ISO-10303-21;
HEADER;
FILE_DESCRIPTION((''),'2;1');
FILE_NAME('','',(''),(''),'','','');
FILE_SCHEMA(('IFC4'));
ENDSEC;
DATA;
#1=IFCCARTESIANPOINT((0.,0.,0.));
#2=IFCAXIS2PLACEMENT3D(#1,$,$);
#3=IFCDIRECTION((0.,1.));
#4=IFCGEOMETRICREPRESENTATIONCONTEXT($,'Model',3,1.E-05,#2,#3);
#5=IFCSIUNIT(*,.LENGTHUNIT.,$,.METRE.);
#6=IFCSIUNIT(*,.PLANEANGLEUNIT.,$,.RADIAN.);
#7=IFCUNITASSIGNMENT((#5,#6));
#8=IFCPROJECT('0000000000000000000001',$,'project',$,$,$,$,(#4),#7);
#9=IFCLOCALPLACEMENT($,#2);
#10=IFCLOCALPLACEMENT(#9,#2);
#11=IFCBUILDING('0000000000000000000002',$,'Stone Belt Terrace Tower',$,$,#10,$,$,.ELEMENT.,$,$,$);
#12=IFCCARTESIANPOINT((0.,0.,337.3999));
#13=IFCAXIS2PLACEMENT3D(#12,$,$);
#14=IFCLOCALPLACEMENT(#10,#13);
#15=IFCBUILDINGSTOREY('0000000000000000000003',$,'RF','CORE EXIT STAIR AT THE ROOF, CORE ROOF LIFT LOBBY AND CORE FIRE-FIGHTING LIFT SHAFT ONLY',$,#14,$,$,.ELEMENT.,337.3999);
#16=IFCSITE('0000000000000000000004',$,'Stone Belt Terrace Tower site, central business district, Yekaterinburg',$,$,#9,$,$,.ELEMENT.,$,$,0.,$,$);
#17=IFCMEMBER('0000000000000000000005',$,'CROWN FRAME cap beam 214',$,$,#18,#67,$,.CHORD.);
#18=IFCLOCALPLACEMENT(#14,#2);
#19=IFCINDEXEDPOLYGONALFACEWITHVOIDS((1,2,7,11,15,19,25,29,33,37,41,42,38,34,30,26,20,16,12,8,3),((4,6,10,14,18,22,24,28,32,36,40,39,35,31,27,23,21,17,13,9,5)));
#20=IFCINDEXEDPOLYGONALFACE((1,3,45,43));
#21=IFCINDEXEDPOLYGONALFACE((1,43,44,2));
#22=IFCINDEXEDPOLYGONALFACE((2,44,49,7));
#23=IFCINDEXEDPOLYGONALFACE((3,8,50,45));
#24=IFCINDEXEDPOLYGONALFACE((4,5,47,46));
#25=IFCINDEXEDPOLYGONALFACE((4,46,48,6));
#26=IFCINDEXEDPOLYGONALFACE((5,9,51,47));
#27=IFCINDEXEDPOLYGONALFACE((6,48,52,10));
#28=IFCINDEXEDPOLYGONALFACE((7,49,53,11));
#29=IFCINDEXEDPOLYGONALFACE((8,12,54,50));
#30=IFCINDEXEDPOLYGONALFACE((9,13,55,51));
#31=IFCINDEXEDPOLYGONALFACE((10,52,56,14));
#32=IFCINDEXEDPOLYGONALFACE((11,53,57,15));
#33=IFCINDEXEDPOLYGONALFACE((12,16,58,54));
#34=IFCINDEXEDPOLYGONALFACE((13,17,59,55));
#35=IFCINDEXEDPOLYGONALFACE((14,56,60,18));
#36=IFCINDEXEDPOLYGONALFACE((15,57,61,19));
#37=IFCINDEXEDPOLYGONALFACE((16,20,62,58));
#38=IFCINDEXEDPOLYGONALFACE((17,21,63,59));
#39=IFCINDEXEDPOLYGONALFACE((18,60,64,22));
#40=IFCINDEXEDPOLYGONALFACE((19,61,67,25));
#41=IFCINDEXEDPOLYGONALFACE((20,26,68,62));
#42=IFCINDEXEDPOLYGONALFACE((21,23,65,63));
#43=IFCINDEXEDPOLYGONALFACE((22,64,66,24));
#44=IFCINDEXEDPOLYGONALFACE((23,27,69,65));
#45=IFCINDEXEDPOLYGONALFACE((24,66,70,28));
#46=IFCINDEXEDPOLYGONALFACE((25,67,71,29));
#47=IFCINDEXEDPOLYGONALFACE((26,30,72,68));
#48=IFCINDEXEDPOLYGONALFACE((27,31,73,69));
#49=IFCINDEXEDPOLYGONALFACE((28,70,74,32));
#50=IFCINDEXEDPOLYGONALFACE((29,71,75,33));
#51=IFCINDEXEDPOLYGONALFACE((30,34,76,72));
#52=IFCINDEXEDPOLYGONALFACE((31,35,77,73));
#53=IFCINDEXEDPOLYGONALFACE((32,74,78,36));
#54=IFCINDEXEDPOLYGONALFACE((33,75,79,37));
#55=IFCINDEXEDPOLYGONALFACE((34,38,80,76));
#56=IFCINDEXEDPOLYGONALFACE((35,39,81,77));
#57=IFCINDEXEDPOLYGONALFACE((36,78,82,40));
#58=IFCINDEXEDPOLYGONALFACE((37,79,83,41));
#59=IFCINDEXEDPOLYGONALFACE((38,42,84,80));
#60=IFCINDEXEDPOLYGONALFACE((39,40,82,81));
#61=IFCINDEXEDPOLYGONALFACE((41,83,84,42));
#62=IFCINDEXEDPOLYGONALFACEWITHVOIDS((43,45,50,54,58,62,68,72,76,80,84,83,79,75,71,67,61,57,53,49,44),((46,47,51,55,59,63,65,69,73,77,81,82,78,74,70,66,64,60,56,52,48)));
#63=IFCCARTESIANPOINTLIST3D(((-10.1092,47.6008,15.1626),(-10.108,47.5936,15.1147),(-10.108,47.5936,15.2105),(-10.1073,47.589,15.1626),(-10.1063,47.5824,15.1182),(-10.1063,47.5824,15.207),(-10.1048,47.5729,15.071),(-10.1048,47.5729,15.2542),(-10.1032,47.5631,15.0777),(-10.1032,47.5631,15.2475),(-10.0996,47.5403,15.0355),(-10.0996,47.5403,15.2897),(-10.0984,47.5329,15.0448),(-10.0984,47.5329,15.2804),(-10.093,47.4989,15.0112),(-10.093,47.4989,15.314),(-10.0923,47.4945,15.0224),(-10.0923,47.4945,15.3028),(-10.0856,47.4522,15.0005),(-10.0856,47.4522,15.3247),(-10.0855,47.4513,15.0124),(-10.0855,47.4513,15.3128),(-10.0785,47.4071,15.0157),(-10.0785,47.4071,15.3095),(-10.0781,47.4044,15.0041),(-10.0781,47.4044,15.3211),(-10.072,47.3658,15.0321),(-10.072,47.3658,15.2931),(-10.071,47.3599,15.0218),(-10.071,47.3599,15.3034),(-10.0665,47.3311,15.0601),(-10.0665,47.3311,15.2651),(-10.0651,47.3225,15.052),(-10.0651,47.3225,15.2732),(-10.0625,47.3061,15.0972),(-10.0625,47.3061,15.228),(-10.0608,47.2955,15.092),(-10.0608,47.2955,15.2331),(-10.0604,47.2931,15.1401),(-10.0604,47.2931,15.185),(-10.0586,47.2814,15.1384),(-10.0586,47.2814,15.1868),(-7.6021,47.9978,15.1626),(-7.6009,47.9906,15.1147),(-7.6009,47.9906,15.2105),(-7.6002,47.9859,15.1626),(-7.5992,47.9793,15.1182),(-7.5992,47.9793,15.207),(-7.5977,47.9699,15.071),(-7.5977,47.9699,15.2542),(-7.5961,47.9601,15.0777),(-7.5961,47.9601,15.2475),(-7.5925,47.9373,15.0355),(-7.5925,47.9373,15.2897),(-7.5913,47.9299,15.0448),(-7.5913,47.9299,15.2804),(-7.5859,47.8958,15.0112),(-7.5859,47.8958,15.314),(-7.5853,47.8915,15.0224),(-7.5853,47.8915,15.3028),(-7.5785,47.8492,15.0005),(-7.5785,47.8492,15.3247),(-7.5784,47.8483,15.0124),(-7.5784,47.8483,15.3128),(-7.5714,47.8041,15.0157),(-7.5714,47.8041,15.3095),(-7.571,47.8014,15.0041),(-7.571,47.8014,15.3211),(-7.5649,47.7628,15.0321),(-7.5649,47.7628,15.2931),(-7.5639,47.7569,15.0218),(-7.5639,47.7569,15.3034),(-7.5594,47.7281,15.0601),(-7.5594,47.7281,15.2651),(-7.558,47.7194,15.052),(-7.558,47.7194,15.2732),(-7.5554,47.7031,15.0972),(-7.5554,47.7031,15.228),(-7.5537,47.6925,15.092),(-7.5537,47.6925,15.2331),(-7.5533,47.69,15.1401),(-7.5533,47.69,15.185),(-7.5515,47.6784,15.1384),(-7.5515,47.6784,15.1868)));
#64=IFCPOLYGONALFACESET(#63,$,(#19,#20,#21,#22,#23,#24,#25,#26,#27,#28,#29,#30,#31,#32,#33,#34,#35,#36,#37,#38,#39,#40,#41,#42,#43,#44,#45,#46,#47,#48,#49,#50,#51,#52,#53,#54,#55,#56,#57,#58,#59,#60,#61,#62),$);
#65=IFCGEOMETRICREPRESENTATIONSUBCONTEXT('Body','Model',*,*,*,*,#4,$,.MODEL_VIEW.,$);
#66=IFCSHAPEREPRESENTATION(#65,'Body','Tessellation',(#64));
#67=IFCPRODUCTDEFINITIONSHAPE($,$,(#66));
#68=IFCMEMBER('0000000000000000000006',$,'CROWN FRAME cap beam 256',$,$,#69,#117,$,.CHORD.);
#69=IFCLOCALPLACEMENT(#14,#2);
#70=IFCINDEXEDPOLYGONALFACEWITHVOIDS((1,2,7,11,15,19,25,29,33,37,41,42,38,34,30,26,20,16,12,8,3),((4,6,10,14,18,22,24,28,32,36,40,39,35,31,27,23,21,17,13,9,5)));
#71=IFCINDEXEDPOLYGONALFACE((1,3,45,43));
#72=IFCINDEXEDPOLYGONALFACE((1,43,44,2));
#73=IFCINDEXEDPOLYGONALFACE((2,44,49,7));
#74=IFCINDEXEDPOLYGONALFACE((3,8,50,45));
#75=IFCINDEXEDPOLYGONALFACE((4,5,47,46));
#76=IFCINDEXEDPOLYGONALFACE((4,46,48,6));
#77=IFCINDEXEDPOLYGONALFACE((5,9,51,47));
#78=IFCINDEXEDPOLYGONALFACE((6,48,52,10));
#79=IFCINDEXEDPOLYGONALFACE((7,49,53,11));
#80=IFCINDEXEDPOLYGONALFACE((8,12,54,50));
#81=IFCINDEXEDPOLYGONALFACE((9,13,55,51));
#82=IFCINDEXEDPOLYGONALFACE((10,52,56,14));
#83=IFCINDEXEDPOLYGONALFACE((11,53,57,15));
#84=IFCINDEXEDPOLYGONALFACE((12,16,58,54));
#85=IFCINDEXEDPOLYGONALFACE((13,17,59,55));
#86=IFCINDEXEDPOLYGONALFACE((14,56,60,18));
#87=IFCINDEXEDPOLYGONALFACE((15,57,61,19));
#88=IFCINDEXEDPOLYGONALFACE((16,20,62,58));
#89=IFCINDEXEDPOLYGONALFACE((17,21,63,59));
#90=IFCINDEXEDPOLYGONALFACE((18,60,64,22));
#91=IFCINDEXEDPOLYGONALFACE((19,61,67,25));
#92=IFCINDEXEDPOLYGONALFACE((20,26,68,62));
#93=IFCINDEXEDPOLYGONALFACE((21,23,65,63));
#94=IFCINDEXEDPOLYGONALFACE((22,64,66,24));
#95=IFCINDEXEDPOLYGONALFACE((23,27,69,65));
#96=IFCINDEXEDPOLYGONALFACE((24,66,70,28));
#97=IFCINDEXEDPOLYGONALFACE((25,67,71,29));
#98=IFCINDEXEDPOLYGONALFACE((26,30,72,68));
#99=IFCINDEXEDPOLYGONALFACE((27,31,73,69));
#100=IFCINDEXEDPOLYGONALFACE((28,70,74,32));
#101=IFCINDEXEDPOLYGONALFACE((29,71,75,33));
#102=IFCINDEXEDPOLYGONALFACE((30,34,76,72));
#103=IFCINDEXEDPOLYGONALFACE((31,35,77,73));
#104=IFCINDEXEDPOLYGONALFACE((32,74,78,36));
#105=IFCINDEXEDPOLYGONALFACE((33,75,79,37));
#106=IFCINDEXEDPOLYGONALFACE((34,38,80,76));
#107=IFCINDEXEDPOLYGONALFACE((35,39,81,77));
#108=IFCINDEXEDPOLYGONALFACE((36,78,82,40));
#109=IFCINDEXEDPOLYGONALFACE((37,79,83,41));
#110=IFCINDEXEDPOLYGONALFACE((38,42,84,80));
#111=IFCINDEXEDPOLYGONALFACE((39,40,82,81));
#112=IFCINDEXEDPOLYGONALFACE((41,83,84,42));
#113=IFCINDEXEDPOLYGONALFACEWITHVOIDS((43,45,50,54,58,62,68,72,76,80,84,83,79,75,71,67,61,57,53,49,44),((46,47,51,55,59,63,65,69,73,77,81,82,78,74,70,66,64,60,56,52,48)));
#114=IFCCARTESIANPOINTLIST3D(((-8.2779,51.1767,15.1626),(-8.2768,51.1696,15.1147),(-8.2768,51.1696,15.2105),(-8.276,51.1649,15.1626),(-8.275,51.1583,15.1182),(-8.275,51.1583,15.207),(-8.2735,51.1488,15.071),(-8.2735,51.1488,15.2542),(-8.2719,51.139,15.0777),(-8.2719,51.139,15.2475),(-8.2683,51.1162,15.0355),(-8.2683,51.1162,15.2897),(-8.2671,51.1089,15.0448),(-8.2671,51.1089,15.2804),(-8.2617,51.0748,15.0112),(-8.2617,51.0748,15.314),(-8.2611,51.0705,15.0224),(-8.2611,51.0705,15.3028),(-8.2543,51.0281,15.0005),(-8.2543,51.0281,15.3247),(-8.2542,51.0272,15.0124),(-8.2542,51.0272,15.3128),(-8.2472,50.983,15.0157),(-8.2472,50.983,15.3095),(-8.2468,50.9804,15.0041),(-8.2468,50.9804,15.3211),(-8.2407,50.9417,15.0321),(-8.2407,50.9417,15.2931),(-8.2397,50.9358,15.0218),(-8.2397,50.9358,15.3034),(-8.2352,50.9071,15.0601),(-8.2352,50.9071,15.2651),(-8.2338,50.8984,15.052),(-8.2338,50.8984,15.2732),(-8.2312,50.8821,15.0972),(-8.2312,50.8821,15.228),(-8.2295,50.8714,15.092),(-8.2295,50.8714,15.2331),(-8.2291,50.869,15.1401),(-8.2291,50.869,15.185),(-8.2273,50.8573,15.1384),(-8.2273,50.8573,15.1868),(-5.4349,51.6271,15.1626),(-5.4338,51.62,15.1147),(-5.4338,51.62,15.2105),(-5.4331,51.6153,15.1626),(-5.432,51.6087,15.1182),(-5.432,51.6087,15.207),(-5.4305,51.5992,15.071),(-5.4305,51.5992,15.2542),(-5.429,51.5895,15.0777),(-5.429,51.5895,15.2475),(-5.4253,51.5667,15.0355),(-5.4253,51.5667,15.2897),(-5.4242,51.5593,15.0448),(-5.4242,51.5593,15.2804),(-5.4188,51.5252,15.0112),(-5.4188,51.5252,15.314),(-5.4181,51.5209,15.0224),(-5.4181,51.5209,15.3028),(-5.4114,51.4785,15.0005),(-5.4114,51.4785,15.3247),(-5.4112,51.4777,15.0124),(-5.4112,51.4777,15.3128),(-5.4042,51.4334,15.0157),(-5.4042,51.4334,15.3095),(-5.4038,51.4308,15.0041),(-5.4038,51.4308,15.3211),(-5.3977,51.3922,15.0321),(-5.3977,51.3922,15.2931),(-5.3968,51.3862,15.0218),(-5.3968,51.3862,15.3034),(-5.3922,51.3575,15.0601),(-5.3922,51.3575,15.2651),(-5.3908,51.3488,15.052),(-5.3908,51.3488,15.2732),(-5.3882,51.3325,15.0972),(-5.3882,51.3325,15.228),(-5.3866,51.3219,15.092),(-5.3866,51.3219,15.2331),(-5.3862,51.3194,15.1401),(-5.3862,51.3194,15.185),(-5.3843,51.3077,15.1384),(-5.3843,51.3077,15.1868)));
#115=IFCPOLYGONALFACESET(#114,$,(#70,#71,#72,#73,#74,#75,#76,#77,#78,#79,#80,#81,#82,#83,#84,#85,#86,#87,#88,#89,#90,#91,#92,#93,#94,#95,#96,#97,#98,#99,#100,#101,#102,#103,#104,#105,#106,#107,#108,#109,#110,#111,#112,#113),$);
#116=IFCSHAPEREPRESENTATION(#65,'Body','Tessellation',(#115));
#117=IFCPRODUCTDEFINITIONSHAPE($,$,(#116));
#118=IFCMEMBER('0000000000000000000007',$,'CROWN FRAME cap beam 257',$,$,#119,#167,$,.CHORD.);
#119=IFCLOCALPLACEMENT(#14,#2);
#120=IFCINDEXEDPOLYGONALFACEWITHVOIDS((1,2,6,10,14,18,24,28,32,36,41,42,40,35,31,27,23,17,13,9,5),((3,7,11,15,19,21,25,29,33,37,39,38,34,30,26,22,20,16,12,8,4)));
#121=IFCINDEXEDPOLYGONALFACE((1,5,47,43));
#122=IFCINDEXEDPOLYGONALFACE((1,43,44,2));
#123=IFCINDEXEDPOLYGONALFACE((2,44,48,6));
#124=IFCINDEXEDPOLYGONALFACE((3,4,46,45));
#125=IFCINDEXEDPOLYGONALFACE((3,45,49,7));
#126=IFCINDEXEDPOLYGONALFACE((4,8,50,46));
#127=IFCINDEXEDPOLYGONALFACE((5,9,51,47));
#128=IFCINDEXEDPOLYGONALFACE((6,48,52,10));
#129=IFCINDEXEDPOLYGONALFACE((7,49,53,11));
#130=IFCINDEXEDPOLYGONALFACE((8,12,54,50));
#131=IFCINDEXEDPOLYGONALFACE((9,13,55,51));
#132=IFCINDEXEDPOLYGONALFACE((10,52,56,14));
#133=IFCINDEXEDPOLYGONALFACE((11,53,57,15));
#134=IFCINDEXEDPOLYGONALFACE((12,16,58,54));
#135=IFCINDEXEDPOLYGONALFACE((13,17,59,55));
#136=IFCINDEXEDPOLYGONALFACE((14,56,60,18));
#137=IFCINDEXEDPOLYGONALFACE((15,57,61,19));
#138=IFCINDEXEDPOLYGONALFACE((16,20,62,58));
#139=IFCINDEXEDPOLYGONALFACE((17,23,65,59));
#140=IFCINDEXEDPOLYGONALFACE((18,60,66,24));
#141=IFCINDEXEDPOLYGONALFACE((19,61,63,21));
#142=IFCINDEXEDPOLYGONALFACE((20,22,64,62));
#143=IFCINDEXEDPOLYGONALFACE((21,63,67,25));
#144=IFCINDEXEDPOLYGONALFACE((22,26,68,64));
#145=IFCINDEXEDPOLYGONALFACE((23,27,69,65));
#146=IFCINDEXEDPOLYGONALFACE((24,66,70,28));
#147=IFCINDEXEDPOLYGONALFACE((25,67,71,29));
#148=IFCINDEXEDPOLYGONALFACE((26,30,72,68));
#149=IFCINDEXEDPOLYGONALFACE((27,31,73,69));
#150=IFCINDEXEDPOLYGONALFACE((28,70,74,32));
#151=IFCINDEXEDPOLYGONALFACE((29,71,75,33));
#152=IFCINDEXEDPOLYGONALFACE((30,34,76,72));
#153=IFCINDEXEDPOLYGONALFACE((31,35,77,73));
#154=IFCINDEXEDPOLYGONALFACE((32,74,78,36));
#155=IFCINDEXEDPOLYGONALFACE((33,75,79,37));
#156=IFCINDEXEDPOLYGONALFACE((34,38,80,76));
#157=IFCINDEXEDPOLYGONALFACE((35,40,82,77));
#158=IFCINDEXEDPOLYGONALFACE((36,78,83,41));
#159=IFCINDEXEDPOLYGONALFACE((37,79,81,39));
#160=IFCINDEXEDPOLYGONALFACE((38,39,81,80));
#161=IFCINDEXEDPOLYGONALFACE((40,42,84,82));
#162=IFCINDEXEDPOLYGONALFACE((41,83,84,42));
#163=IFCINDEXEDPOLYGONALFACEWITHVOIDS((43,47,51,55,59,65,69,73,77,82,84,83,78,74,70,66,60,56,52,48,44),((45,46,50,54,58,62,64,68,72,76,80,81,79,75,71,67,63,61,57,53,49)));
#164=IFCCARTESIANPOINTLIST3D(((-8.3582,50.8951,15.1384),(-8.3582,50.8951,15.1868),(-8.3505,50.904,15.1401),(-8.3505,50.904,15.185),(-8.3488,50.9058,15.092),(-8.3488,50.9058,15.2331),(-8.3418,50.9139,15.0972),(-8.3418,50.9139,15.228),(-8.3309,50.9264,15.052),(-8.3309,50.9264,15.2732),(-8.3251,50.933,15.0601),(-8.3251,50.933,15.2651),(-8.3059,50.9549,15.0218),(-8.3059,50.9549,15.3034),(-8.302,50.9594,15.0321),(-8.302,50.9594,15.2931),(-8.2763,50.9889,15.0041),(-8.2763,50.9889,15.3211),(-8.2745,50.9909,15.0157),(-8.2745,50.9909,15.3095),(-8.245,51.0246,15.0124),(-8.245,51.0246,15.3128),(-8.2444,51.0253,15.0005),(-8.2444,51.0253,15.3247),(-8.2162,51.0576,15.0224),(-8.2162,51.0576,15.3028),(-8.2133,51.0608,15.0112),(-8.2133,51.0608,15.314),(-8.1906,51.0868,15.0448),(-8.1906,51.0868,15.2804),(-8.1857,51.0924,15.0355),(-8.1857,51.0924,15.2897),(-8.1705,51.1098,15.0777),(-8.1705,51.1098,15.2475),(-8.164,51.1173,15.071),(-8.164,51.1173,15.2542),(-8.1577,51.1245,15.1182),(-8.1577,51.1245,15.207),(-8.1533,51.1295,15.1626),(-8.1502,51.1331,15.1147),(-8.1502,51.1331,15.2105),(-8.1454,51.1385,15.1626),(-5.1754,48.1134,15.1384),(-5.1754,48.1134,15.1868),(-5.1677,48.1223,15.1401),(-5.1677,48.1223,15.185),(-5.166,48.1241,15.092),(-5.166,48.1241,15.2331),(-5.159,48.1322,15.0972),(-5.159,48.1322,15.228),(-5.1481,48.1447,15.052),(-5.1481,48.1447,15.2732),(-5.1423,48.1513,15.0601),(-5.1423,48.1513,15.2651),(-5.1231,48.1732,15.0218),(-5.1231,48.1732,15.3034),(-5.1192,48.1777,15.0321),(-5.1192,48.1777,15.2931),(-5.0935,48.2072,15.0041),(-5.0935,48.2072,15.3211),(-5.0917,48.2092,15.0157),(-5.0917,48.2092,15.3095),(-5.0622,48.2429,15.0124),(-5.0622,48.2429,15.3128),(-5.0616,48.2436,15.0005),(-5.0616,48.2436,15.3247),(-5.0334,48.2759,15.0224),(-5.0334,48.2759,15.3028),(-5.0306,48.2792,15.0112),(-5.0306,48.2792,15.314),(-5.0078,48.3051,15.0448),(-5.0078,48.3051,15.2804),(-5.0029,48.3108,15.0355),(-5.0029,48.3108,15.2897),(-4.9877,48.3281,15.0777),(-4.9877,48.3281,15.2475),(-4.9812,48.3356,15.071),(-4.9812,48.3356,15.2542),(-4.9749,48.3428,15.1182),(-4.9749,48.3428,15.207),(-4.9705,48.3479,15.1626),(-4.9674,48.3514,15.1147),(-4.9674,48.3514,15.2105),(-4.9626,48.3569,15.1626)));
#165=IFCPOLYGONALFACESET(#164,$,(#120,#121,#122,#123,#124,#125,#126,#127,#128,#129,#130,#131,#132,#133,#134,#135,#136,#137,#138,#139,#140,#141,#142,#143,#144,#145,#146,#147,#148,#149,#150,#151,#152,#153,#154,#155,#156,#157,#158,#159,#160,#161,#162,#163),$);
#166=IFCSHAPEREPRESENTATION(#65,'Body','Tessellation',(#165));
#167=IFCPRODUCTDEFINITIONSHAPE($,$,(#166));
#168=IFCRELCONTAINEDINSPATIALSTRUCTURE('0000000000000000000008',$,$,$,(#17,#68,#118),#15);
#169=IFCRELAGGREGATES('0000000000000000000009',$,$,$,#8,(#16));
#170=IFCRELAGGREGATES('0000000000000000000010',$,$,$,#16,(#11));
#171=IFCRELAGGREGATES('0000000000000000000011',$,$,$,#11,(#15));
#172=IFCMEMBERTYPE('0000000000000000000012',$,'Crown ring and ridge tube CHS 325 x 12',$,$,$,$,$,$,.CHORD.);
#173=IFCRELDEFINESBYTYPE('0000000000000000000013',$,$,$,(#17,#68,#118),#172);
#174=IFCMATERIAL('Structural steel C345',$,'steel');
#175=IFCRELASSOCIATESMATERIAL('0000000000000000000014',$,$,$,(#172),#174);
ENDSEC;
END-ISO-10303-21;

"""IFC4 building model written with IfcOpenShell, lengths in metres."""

from ifc_helpers import new_model, si_unit, direction, frame, origin, origin_2d, place, context, subcontext, project, spatial, hollow_circle, extrude, material, material_profile, profile_set, type_object, element, save


model = new_model("IFC4")

# Units and contexts
model_context = context("Model", 3, precision=1e-05, world=origin(), true_north=direction((0.0, 1.0)))
body_context = subcontext(model_context, "Body", "Model", "MODEL_VIEW")
ifc_project = project(units=[si_unit("LENGTHUNIT", "METRE"), si_unit("PLANEANGLEUNIT", "RADIAN")], contexts=[model_context])

# Site, building, storey
site_placement = place(None, origin())
site = spatial("IfcSite", under=ifc_project, at=site_placement, Name="Stone Belt Terrace Tower site, central business district, Yekaterinburg", CompositionType="ELEMENT", RefElevation=0.0)
building_placement = place(site_placement, origin())
building = spatial("IfcBuilding", under=site, at=building_placement, Name="Stone Belt Terrace Tower", CompositionType="ELEMENT")
storey_placement = place(building_placement, frame((0.0, 0.0, 337.3999)))
storey = spatial("IfcBuildingStorey", under=building, at=storey_placement, Name="RF", Description="CORE EXIT STAIR AT THE ROOF, CORE ROOF LIFT LOBBY AND CORE FIRE-FIGHTING LIFT SHAFT ONLY", CompositionType="ELEMENT", Elevation=337.3999)

# Members
ifc_material_1 = material(Name="Structural steel C345", Category="steel")
ifc_material_profile_1 = material_profile(ifc_material_1, hollow_circle(Radius=0.1626, WallThickness=0.012, at=origin_2d()), Name="Structural steel C345 CHS 325x12")
ifc_profile_set_1 = profile_set([ifc_material_profile_1], Name="Structural steel C345")
member_type_1 = type_object("IfcMemberType", Name="Crown ring and ridge tube CHS 325 x 12", PredefinedType="CHORD", material=ifc_profile_set_1)
member_1_placement = place(storey_placement, frame((-10.0837, 47.4402, 15.1626), z_axis=(0.987695, 0.156392, 0.0), x_axis=(-0.156392, 0.987695, 0.0)))
element("IfcMember", 1, at=member_1_placement, inside=storey, type_object=member_type_1, Name="CROWN FRAME cap beam 214", PredefinedType="CHORD", context=body_context, shape_type="SweptSolid", body=[
    extrude(hollow_circle(Radius=0.1626, WallThickness=0.012, at=origin_2d()), origin(), (0.0, 0.0, 1.0), 2.5383),
])
member_2_placement = place(storey_placement, frame((-8.2524, 51.0161, 15.1626), z_axis=(0.98768, 0.156485, 0.0), x_axis=(-0.156485, 0.98768, 0.0)))
element("IfcMember", 2, at=member_2_placement, inside=storey, type_object=member_type_1, Name="CROWN FRAME cap beam 256", PredefinedType="CHORD", context=body_context, shape_type="SweptSolid", body=[
    extrude(hollow_circle(Radius=0.1626, WallThickness=0.012, at=origin_2d()), origin(), (0.0, 0.0, 1.0), 2.8784),
])
member_3_placement = place(storey_placement, frame((-8.2524, 51.0161, 15.1626), z_axis=(0.752959, -0.658067, 0.0), x_axis=(0.658067, 0.752959, 0.0)))
element("IfcMember", 3, at=member_3_placement, inside=storey, type_object=member_type_1, Name="CROWN FRAME cap beam 257", PredefinedType="CHORD", context=body_context, shape_type="SweptSolid", body=[
    extrude(hollow_circle(Radius=0.1626, WallThickness=0.012, at=origin_2d()), origin(), (0.0, 0.0, 1.0), 4.2271),
])

save(model, "model.ifc")
